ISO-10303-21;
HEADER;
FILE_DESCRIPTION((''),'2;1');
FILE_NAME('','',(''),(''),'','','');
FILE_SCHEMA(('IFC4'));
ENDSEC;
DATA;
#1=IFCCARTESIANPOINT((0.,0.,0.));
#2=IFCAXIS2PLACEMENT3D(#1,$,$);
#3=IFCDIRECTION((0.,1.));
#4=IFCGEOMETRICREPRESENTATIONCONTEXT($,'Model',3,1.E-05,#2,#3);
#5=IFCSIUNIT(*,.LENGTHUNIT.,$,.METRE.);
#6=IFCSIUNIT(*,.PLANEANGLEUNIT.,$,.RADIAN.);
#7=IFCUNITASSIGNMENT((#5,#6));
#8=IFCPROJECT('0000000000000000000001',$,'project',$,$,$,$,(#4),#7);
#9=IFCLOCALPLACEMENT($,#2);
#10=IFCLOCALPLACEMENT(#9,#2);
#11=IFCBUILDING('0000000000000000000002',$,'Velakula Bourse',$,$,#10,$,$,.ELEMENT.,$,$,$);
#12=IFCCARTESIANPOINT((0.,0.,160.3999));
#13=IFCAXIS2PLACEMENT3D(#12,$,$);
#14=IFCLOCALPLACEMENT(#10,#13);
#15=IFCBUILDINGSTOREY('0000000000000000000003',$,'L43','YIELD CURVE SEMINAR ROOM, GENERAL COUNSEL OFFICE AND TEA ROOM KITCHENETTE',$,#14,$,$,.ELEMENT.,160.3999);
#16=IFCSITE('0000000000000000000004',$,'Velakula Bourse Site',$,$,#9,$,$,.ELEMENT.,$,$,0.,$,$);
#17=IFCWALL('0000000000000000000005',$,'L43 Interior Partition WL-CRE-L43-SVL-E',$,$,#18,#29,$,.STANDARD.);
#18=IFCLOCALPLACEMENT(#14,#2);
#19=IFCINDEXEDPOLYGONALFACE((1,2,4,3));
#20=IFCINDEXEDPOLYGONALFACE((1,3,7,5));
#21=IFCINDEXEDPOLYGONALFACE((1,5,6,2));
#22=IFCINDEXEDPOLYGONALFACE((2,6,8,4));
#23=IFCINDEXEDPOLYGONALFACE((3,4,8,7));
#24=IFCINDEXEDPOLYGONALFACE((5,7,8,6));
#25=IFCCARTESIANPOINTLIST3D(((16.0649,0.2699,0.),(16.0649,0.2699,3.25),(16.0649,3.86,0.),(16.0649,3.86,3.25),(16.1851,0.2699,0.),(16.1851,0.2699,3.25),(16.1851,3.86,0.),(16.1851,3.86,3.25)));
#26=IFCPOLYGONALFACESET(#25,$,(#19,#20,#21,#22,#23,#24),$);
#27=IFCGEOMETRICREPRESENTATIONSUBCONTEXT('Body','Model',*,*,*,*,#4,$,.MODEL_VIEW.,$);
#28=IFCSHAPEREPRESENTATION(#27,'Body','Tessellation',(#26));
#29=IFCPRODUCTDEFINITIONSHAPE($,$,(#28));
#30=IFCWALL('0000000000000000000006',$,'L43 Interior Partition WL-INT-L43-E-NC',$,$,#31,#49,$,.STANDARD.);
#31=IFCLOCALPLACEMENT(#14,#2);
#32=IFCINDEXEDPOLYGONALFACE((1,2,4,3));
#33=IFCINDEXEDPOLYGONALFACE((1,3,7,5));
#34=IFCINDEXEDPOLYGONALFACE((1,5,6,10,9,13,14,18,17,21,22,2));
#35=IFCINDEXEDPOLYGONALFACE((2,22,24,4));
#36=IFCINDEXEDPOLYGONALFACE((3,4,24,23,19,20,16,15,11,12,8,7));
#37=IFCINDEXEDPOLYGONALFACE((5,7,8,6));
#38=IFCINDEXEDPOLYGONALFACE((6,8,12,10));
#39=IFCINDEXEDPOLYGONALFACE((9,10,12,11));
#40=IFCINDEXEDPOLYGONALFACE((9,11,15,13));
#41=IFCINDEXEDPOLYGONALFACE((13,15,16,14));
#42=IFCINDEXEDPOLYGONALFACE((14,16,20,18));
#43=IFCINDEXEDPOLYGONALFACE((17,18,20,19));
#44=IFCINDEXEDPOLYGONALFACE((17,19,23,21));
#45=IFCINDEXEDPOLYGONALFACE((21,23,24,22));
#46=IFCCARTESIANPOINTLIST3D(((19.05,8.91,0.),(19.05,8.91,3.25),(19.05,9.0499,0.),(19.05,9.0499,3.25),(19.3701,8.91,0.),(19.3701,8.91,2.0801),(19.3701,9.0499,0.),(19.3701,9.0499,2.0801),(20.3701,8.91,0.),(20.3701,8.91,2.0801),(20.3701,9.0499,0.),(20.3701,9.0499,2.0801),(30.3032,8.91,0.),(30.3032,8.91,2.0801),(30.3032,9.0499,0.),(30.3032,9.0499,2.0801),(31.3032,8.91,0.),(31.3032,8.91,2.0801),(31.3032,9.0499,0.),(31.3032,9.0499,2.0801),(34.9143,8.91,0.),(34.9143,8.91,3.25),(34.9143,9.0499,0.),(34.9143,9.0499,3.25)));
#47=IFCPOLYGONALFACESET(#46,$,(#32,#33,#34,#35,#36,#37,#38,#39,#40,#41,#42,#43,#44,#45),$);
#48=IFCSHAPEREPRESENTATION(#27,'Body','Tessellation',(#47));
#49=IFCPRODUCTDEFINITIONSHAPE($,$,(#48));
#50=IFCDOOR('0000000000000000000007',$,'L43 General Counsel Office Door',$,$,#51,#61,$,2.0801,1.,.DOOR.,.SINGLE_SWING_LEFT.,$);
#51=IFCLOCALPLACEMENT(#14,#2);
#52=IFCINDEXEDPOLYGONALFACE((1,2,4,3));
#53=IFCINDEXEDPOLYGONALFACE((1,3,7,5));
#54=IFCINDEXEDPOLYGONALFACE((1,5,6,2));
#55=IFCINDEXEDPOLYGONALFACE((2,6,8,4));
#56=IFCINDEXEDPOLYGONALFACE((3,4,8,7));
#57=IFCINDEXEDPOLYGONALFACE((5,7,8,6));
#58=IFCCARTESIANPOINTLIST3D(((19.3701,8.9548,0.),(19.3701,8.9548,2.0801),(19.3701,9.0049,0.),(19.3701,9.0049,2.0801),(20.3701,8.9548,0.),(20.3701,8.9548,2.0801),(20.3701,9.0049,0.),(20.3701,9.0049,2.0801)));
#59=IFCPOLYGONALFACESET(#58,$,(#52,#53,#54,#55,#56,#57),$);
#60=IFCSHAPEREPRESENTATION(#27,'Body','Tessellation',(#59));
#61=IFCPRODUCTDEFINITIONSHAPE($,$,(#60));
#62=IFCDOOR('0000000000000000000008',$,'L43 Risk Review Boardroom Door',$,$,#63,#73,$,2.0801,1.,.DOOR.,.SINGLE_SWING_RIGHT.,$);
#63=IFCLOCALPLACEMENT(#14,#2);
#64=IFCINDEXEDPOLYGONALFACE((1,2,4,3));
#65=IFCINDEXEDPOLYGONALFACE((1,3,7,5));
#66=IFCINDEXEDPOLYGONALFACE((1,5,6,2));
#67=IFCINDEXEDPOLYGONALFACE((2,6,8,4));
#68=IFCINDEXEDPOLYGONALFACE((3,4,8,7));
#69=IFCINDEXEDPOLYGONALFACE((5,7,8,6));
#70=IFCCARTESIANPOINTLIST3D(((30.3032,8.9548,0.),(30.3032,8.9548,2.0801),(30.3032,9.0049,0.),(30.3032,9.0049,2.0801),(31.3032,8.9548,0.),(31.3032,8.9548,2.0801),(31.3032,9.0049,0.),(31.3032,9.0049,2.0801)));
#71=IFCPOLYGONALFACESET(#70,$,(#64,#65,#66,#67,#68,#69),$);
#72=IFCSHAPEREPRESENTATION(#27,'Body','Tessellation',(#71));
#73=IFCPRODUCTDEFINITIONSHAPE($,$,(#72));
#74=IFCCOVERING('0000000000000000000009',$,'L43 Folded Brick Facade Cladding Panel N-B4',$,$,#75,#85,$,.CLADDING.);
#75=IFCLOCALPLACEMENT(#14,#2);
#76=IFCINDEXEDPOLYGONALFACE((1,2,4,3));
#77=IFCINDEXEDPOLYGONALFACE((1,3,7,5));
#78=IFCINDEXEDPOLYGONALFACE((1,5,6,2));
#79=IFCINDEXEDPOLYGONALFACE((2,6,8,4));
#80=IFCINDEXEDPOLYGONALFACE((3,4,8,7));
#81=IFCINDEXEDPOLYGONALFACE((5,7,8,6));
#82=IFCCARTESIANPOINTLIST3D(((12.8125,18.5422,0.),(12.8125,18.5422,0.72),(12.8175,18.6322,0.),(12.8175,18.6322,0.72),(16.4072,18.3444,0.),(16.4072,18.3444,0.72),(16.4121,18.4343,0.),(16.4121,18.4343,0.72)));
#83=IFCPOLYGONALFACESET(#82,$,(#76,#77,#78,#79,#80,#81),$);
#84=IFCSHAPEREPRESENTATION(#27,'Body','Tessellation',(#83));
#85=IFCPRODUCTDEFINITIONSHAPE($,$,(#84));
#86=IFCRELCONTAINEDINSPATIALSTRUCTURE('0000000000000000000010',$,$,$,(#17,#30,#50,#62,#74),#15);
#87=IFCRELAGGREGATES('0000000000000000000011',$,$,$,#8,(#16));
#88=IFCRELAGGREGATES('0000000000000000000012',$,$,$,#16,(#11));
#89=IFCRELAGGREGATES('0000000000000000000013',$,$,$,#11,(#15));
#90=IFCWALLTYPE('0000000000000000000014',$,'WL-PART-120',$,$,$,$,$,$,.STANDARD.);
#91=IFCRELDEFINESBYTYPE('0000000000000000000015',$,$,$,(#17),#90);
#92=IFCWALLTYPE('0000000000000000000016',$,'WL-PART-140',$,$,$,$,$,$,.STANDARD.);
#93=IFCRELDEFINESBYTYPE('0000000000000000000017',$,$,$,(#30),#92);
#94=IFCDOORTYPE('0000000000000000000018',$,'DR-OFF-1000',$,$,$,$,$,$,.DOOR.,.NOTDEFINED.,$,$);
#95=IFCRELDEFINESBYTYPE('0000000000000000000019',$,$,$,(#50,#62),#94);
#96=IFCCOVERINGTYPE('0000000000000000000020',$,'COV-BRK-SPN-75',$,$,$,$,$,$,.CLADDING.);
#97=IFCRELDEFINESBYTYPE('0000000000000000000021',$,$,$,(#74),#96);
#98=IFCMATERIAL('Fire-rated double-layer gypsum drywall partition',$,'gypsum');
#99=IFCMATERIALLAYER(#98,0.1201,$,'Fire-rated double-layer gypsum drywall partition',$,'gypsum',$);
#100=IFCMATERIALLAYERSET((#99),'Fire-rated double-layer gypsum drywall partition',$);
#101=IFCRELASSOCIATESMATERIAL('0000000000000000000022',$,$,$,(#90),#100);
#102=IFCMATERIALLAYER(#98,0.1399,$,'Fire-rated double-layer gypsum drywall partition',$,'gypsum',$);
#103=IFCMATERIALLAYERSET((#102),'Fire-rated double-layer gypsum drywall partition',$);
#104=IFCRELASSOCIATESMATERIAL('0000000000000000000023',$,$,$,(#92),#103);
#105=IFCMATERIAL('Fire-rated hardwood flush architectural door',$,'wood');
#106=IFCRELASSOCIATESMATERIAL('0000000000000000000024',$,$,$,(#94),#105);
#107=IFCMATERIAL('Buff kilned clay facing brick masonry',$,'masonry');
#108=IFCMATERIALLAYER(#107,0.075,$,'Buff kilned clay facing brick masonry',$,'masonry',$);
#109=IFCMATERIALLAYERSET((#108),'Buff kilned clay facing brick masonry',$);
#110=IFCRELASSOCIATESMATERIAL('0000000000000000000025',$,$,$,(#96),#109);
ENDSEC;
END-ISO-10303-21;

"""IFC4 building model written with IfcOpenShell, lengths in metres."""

from ifc_helpers import new_model, si_unit, direction, frame, frame_2d, origin, origin_2d, place, context, subcontext, project, spatial, rectangle, extrude, material, layer, layer_set, type_object, element, fill, save


model = new_model("IFC4")

# Units and contexts
model_context = context("Model", 3, precision=1e-05, world=origin(), true_north=direction((0.0, 1.0)))
body_context = subcontext(model_context, "Body", "Model", "MODEL_VIEW")
ifc_project = project(units=[si_unit("LENGTHUNIT", "METRE"), si_unit("PLANEANGLEUNIT", "RADIAN")], contexts=[model_context])

# Site, building, storey
site_placement = place(None, origin())
site = spatial("IfcSite", under=ifc_project, at=site_placement, Name="Velakula Bourse Site", CompositionType="ELEMENT", RefElevation=0.0)
building_placement = place(site_placement, origin())
building = spatial("IfcBuilding", under=site, at=building_placement, Name="Velakula Bourse", CompositionType="ELEMENT")
storey_placement = place(building_placement, frame((0.0, 0.0, 160.3999)))
storey = spatial("IfcBuildingStorey", under=building, at=storey_placement, Name="L43", Description="YIELD CURVE SEMINAR ROOM, GENERAL COUNSEL OFFICE AND TEA ROOM KITCHENETTE", CompositionType="ELEMENT", Elevation=160.3999)

# Wall
ifc_material_1 = material(Name="Fire-rated double-layer gypsum drywall partition", Category="gypsum")
ifc_layer_1 = layer(ifc_material_1, 0.1201, Name="Fire-rated double-layer gypsum drywall partition", Category="gypsum")
ifc_layer_set_1 = layer_set([ifc_layer_1], Name="Fire-rated double-layer gypsum drywall partition")
wall_type_1 = type_object("IfcWallType", Name="WL-PART-120", PredefinedType="STANDARD", material=ifc_layer_set_1)
wall_1_placement = place(storey_placement, frame((16.125, 0.27, 0.0), z_axis=(0.0, 0.0, 1.0), x_axis=(0.0, 1.0, 0.0)))
element("IfcWall", 1, at=wall_1_placement, inside=storey, type_object=wall_type_1, Name="L43 Interior Partition WL-CRE-L43-SVL-E", PredefinedType="STANDARD", context=body_context, shape_type="SweptSolid", body=[
    extrude(rectangle(XDim=3.5901, YDim=0.1201, at=frame_2d((1.7949, 0.0))), origin(), (0.0, 0.0, 1.0), 3.25),
])

# Wall, openings, doors
ifc_layer_2 = layer(ifc_material_1, 0.1399, Name="Fire-rated double-layer gypsum drywall partition", Category="gypsum")
ifc_layer_set_2 = layer_set([ifc_layer_2], Name="Fire-rated double-layer gypsum drywall partition")
wall_type_2 = type_object("IfcWallType", Name="WL-PART-140", PredefinedType="STANDARD", material=ifc_layer_set_2)
wall_2_placement = place(storey_placement, frame((19.05, 8.98, 0.0), z_axis=(0.0, 0.0, 1.0), x_axis=(1.0, 0.0, 0.0)))
wall_2 = element("IfcWall", 2, at=wall_2_placement, inside=storey, type_object=wall_type_2, Name="L43 Interior Partition WL-INT-L43-E-NC", PredefinedType="STANDARD", context=body_context, shape_type="SweptSolid", body=[
    extrude(rectangle(XDim=15.8643, YDim=0.1399, at=frame_2d((7.9321, 0.0))), origin(), (0.0, 0.0, 1.0), 3.25),
])
opening_1_placement = place(wall_2_placement, frame((0.3201, 0.0, 0.0)))
opening_1 = element("IfcOpeningElement", 3, at=opening_1_placement, cuts=wall_2, PredefinedType="OPENING", context=body_context, shape_type="SweptSolid", body=[
    extrude(rectangle(XDim=1.0, YDim=2.0801, at=frame_2d((0.5, 1.04))), frame((0.0, 0.0798, 0.0), z_axis=(0.0, -1.0, 0.0), x_axis=(1.0, 0.0, 0.0)), (0.0, 0.0, 1.0), 0.1599),
])
opening_2_placement = place(wall_2_placement, frame((11.2532, 0.0, 0.0)))
opening_2 = element("IfcOpeningElement", 4, at=opening_2_placement, cuts=wall_2, PredefinedType="OPENING", context=body_context, shape_type="SweptSolid", body=[
    extrude(rectangle(XDim=1.0, YDim=2.0801, at=frame_2d((0.5, 1.04))), frame((0.0, 0.0798, 0.0), z_axis=(0.0, -1.0, 0.0), x_axis=(1.0, 0.0, 0.0)), (0.0, 0.0, 1.0), 0.1599),
])
ifc_material_2 = material(Name="Fire-rated hardwood flush architectural door", Category="wood")
door_type = type_object("IfcDoorType", Name="DR-OFF-1000", OperationType="NOTDEFINED", PredefinedType="DOOR", material=ifc_material_2)
door_1_placement = place(opening_1_placement, origin())
door_1 = element("IfcDoor", 5, at=door_1_placement, inside=storey, type_object=door_type, Name="L43 General Counsel Office Door", OperationType="SINGLE_SWING_LEFT", OverallHeight=2.0801, OverallWidth=1.0, PredefinedType="DOOR", context=body_context, shape_type="SweptSolid", body=[
    extrude(rectangle(XDim=1.0, YDim=2.0801, at=frame_2d((0.5, 1.04))), frame((0.0, 0.0249, 0.0), z_axis=(0.0, -1.0, 0.0), x_axis=(1.0, 0.0, 0.0)), (0.0, 0.0, 1.0), 0.05),
])
fill(opening_1, door_1)
door_2_placement = place(opening_2_placement, origin())
door_2 = element("IfcDoor", 6, at=door_2_placement, inside=storey, type_object=door_type, Name="L43 Risk Review Boardroom Door", OperationType="SINGLE_SWING_RIGHT", OverallHeight=2.0801, OverallWidth=1.0, PredefinedType="DOOR", context=body_context, shape_type="SweptSolid", body=[
    extrude(rectangle(XDim=1.0, YDim=2.0801, at=frame_2d((0.5, 1.04))), frame((0.0, 0.0249, 0.0), z_axis=(0.0, -1.0, 0.0), x_axis=(1.0, 0.0, 0.0)), (0.0, 0.0, 1.0), 0.05),
])
fill(opening_2, door_2)

# Covering
ifc_material_3 = material(Name="Buff kilned clay facing brick masonry", Category="masonry")
ifc_layer_3 = layer(ifc_material_3, 0.075, Name="Buff kilned clay facing brick masonry", Category="masonry")
ifc_layer_set_3 = layer_set([ifc_layer_3], Name="Buff kilned clay facing brick masonry")
covering_type = type_object("IfcCoveringType", Name="COV-BRK-SPN-75", PredefinedType="CLADDING", material=ifc_layer_set_3)
covering_placement = place(storey_placement, frame((14.6123, 18.4883, 0.0), z_axis=(0.0, 0.0, 1.0), x_axis=(0.998489, -0.05495, 0.0)))
element("IfcCovering", 7, at=covering_placement, inside=storey, type_object=covering_type, Name="L43 Folded Brick Facade Cladding Panel N-B4", PredefinedType="CLADDING", context=body_context, shape_type="SweptSolid", body=[
    extrude(rectangle(XDim=3.6001, YDim=0.0901, at=origin_2d()), origin(), (0.0, 0.0, 1.0), 0.72),
])

save(model, "model.ifc")
